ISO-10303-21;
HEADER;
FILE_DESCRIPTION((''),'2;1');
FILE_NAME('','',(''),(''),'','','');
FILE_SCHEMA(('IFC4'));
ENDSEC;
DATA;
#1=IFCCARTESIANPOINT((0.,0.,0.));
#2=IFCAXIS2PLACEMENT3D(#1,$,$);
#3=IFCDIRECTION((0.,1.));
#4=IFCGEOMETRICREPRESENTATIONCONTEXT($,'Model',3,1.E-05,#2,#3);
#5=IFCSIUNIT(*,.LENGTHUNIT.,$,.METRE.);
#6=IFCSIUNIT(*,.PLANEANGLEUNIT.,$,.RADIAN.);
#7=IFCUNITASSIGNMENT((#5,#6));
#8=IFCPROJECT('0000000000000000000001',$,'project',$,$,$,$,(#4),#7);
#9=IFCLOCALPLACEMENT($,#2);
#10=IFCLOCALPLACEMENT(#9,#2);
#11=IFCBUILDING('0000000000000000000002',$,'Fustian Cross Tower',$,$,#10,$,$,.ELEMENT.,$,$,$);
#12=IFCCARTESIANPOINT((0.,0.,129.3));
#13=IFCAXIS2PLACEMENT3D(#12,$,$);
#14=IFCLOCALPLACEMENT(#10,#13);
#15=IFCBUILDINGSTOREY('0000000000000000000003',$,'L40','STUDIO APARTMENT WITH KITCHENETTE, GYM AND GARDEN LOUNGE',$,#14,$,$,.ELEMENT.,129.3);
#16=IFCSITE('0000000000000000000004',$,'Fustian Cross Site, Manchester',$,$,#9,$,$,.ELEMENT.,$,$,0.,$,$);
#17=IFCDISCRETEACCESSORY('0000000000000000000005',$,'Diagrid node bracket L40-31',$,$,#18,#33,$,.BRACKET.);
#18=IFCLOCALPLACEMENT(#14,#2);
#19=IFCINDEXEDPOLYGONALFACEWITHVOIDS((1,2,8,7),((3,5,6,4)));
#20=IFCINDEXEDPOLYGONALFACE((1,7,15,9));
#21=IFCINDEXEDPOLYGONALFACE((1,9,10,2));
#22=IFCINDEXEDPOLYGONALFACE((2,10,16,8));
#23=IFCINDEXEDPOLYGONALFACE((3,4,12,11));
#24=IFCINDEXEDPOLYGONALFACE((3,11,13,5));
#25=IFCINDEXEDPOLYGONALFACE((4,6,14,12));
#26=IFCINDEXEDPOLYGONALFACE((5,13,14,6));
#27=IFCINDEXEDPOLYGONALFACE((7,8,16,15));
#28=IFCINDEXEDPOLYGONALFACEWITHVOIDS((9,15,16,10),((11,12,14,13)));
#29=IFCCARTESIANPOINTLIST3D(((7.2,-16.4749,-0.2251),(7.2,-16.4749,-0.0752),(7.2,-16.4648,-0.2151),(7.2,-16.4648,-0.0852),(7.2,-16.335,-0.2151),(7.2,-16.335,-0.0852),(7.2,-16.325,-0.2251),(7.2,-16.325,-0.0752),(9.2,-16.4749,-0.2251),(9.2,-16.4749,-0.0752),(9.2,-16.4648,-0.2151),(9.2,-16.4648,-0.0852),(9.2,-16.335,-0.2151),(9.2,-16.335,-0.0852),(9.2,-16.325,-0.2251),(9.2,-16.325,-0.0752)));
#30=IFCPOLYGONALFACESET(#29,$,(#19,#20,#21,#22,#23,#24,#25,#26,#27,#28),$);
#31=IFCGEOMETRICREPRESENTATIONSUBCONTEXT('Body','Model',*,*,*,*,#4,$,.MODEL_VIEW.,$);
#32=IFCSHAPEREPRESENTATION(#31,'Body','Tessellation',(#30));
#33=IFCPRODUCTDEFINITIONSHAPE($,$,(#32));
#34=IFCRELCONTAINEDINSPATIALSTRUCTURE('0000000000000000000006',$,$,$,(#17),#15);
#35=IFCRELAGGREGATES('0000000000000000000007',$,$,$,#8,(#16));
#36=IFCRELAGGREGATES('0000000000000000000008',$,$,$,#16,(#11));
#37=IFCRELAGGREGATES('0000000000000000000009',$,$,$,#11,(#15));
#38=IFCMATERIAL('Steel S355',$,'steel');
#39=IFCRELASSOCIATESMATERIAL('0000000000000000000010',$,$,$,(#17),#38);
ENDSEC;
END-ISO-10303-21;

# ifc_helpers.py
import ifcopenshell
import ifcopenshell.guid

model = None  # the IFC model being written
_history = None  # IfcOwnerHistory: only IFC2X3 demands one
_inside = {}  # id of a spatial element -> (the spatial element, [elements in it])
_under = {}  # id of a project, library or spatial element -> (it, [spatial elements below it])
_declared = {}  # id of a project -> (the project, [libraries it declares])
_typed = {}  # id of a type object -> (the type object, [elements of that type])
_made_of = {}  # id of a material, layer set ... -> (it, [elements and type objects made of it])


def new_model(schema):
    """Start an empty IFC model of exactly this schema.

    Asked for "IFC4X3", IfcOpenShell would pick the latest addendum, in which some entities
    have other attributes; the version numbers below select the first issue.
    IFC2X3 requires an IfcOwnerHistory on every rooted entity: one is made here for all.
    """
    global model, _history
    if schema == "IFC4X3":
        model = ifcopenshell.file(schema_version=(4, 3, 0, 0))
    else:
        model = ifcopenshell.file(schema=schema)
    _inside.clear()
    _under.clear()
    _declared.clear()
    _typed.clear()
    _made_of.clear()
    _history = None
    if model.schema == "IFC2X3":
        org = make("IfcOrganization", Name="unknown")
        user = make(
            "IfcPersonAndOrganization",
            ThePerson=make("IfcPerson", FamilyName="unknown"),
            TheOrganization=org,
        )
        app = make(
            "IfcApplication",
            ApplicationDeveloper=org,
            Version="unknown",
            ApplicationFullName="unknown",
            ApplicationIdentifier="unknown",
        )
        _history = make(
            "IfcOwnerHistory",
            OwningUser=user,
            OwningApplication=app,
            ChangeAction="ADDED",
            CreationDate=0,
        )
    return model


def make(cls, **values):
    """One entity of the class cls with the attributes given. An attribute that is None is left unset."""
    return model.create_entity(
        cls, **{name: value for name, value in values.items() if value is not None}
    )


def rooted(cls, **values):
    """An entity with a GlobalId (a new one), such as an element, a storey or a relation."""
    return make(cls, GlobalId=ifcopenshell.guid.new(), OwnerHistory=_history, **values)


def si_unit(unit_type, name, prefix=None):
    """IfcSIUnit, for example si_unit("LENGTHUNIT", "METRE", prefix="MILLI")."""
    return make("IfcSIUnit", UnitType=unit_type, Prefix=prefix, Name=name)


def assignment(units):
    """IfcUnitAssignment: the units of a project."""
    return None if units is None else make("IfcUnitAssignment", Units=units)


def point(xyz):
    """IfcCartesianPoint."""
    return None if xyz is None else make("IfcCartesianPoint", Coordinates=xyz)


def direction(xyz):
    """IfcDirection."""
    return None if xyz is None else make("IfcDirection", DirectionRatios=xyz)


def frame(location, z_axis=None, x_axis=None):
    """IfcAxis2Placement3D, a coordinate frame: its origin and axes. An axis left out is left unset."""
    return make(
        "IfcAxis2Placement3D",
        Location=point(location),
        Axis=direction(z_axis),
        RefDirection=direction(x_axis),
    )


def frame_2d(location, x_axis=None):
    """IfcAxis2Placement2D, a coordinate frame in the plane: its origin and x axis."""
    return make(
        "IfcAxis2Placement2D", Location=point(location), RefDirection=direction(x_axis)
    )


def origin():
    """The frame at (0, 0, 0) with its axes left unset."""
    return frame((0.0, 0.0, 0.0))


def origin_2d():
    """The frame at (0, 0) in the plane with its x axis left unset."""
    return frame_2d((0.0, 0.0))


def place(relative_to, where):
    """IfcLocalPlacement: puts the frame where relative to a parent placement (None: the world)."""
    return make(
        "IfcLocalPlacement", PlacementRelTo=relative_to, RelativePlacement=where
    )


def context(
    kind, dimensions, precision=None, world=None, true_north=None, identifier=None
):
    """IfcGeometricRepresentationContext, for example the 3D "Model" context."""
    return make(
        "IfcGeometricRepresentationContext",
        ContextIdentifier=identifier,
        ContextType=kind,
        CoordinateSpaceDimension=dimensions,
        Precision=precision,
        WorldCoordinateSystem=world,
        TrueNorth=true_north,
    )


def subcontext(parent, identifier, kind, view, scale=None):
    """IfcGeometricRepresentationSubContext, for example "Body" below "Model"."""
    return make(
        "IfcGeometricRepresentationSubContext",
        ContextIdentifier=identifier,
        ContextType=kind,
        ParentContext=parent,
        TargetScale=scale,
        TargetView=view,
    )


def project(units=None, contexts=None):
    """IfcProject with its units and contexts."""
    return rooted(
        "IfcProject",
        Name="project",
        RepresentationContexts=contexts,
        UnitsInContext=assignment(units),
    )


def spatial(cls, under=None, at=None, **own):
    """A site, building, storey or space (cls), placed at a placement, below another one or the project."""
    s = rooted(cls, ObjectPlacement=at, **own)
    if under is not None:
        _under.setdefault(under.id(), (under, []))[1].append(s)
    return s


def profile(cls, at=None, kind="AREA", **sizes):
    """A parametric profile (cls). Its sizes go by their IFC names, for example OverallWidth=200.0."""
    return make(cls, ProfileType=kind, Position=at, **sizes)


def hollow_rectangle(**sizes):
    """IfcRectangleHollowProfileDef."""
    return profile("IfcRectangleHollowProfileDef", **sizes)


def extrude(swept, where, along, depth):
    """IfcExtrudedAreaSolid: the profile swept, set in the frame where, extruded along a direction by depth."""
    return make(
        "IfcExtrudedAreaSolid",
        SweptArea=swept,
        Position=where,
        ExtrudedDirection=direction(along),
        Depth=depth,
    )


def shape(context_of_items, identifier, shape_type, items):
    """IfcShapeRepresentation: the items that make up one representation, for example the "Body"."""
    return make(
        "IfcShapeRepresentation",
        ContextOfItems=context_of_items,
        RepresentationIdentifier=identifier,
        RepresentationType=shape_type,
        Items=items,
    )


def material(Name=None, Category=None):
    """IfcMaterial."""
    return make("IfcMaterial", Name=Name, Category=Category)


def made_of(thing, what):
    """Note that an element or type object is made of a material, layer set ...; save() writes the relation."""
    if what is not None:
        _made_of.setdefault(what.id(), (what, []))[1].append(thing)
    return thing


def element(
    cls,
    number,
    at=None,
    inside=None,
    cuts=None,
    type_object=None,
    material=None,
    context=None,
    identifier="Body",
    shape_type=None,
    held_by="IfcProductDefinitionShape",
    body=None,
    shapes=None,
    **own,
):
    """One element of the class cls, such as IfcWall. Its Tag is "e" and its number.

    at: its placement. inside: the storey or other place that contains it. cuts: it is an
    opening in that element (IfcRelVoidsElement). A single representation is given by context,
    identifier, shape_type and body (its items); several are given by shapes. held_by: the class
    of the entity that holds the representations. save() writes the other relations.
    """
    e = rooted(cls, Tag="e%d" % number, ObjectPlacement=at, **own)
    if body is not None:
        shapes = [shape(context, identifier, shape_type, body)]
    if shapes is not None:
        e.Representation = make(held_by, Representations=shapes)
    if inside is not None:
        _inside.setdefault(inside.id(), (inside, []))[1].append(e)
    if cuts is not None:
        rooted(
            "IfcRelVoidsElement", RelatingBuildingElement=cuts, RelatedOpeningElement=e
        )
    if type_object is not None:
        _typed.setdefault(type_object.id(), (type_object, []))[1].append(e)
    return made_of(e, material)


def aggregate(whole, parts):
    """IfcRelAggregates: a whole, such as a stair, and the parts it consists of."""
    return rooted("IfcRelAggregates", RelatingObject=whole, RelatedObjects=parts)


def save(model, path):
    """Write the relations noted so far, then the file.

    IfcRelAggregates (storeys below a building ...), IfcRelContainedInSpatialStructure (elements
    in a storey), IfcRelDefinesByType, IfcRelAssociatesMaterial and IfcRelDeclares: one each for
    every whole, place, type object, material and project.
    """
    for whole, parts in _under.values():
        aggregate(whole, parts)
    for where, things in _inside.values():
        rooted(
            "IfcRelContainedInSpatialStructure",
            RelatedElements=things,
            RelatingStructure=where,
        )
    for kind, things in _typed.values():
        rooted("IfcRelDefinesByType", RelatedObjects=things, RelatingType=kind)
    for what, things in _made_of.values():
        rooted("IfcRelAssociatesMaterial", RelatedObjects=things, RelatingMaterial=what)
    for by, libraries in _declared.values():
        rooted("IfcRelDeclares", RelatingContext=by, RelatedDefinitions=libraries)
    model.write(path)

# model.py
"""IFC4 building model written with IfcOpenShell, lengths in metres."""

from ifc_helpers import new_model, si_unit, direction, frame, origin, origin_2d, place, context, subcontext, project, spatial, hollow_rectangle, extrude, material, element, save


model = new_model("IFC4")

# Units and contexts
model_context = context("Model", 3, precision=1e-05, world=origin(), true_north=direction((0.0, 1.0)))
body_context = subcontext(model_context, "Body", "Model", "MODEL_VIEW")
ifc_project = project(units=[si_unit("LENGTHUNIT", "METRE"), si_unit("PLANEANGLEUNIT", "RADIAN")], contexts=[model_context])

# Site, building, storey
site_placement = place(None, origin())
site = spatial("IfcSite", under=ifc_project, at=site_placement, Name="Fustian Cross Site, Manchester", CompositionType="ELEMENT", RefElevation=0.0)
building_placement = place(site_placement, origin())
building = spatial("IfcBuilding", under=site, at=building_placement, Name="Fustian Cross Tower", CompositionType="ELEMENT")
storey_placement = place(building_placement, frame((0.0, 0.0, 129.3)))
storey = spatial("IfcBuildingStorey", under=building, at=storey_placement, Name="L40", Description="STUDIO APARTMENT WITH KITCHENETTE, GYM AND GARDEN LOUNGE", CompositionType="ELEMENT", Elevation=129.3)

# Discrete accessory
ifc_material_1 = material(Name="Steel S355", Category="steel")
discrete_accessory_placement = place(storey_placement, frame((9.2, -16.3999, -0.1501), z_axis=(-1.0, 0.0, 0.0), x_axis=(0.0, -1.0, 0.0)))
element("IfcDiscreteAccessory", 1, at=discrete_accessory_placement, inside=storey, material=ifc_material_1, Name="Diagrid node bracket L40-31", PredefinedType="BRACKET", context=body_context, shape_type="SweptSolid", body=[
    extrude(hollow_rectangle(XDim=0.1499, YDim=0.1499, WallThickness=0.01, at=origin_2d()), origin(), (0.0, 0.0, 1.0), 2.0),
])

save(model, "model.ifc")
